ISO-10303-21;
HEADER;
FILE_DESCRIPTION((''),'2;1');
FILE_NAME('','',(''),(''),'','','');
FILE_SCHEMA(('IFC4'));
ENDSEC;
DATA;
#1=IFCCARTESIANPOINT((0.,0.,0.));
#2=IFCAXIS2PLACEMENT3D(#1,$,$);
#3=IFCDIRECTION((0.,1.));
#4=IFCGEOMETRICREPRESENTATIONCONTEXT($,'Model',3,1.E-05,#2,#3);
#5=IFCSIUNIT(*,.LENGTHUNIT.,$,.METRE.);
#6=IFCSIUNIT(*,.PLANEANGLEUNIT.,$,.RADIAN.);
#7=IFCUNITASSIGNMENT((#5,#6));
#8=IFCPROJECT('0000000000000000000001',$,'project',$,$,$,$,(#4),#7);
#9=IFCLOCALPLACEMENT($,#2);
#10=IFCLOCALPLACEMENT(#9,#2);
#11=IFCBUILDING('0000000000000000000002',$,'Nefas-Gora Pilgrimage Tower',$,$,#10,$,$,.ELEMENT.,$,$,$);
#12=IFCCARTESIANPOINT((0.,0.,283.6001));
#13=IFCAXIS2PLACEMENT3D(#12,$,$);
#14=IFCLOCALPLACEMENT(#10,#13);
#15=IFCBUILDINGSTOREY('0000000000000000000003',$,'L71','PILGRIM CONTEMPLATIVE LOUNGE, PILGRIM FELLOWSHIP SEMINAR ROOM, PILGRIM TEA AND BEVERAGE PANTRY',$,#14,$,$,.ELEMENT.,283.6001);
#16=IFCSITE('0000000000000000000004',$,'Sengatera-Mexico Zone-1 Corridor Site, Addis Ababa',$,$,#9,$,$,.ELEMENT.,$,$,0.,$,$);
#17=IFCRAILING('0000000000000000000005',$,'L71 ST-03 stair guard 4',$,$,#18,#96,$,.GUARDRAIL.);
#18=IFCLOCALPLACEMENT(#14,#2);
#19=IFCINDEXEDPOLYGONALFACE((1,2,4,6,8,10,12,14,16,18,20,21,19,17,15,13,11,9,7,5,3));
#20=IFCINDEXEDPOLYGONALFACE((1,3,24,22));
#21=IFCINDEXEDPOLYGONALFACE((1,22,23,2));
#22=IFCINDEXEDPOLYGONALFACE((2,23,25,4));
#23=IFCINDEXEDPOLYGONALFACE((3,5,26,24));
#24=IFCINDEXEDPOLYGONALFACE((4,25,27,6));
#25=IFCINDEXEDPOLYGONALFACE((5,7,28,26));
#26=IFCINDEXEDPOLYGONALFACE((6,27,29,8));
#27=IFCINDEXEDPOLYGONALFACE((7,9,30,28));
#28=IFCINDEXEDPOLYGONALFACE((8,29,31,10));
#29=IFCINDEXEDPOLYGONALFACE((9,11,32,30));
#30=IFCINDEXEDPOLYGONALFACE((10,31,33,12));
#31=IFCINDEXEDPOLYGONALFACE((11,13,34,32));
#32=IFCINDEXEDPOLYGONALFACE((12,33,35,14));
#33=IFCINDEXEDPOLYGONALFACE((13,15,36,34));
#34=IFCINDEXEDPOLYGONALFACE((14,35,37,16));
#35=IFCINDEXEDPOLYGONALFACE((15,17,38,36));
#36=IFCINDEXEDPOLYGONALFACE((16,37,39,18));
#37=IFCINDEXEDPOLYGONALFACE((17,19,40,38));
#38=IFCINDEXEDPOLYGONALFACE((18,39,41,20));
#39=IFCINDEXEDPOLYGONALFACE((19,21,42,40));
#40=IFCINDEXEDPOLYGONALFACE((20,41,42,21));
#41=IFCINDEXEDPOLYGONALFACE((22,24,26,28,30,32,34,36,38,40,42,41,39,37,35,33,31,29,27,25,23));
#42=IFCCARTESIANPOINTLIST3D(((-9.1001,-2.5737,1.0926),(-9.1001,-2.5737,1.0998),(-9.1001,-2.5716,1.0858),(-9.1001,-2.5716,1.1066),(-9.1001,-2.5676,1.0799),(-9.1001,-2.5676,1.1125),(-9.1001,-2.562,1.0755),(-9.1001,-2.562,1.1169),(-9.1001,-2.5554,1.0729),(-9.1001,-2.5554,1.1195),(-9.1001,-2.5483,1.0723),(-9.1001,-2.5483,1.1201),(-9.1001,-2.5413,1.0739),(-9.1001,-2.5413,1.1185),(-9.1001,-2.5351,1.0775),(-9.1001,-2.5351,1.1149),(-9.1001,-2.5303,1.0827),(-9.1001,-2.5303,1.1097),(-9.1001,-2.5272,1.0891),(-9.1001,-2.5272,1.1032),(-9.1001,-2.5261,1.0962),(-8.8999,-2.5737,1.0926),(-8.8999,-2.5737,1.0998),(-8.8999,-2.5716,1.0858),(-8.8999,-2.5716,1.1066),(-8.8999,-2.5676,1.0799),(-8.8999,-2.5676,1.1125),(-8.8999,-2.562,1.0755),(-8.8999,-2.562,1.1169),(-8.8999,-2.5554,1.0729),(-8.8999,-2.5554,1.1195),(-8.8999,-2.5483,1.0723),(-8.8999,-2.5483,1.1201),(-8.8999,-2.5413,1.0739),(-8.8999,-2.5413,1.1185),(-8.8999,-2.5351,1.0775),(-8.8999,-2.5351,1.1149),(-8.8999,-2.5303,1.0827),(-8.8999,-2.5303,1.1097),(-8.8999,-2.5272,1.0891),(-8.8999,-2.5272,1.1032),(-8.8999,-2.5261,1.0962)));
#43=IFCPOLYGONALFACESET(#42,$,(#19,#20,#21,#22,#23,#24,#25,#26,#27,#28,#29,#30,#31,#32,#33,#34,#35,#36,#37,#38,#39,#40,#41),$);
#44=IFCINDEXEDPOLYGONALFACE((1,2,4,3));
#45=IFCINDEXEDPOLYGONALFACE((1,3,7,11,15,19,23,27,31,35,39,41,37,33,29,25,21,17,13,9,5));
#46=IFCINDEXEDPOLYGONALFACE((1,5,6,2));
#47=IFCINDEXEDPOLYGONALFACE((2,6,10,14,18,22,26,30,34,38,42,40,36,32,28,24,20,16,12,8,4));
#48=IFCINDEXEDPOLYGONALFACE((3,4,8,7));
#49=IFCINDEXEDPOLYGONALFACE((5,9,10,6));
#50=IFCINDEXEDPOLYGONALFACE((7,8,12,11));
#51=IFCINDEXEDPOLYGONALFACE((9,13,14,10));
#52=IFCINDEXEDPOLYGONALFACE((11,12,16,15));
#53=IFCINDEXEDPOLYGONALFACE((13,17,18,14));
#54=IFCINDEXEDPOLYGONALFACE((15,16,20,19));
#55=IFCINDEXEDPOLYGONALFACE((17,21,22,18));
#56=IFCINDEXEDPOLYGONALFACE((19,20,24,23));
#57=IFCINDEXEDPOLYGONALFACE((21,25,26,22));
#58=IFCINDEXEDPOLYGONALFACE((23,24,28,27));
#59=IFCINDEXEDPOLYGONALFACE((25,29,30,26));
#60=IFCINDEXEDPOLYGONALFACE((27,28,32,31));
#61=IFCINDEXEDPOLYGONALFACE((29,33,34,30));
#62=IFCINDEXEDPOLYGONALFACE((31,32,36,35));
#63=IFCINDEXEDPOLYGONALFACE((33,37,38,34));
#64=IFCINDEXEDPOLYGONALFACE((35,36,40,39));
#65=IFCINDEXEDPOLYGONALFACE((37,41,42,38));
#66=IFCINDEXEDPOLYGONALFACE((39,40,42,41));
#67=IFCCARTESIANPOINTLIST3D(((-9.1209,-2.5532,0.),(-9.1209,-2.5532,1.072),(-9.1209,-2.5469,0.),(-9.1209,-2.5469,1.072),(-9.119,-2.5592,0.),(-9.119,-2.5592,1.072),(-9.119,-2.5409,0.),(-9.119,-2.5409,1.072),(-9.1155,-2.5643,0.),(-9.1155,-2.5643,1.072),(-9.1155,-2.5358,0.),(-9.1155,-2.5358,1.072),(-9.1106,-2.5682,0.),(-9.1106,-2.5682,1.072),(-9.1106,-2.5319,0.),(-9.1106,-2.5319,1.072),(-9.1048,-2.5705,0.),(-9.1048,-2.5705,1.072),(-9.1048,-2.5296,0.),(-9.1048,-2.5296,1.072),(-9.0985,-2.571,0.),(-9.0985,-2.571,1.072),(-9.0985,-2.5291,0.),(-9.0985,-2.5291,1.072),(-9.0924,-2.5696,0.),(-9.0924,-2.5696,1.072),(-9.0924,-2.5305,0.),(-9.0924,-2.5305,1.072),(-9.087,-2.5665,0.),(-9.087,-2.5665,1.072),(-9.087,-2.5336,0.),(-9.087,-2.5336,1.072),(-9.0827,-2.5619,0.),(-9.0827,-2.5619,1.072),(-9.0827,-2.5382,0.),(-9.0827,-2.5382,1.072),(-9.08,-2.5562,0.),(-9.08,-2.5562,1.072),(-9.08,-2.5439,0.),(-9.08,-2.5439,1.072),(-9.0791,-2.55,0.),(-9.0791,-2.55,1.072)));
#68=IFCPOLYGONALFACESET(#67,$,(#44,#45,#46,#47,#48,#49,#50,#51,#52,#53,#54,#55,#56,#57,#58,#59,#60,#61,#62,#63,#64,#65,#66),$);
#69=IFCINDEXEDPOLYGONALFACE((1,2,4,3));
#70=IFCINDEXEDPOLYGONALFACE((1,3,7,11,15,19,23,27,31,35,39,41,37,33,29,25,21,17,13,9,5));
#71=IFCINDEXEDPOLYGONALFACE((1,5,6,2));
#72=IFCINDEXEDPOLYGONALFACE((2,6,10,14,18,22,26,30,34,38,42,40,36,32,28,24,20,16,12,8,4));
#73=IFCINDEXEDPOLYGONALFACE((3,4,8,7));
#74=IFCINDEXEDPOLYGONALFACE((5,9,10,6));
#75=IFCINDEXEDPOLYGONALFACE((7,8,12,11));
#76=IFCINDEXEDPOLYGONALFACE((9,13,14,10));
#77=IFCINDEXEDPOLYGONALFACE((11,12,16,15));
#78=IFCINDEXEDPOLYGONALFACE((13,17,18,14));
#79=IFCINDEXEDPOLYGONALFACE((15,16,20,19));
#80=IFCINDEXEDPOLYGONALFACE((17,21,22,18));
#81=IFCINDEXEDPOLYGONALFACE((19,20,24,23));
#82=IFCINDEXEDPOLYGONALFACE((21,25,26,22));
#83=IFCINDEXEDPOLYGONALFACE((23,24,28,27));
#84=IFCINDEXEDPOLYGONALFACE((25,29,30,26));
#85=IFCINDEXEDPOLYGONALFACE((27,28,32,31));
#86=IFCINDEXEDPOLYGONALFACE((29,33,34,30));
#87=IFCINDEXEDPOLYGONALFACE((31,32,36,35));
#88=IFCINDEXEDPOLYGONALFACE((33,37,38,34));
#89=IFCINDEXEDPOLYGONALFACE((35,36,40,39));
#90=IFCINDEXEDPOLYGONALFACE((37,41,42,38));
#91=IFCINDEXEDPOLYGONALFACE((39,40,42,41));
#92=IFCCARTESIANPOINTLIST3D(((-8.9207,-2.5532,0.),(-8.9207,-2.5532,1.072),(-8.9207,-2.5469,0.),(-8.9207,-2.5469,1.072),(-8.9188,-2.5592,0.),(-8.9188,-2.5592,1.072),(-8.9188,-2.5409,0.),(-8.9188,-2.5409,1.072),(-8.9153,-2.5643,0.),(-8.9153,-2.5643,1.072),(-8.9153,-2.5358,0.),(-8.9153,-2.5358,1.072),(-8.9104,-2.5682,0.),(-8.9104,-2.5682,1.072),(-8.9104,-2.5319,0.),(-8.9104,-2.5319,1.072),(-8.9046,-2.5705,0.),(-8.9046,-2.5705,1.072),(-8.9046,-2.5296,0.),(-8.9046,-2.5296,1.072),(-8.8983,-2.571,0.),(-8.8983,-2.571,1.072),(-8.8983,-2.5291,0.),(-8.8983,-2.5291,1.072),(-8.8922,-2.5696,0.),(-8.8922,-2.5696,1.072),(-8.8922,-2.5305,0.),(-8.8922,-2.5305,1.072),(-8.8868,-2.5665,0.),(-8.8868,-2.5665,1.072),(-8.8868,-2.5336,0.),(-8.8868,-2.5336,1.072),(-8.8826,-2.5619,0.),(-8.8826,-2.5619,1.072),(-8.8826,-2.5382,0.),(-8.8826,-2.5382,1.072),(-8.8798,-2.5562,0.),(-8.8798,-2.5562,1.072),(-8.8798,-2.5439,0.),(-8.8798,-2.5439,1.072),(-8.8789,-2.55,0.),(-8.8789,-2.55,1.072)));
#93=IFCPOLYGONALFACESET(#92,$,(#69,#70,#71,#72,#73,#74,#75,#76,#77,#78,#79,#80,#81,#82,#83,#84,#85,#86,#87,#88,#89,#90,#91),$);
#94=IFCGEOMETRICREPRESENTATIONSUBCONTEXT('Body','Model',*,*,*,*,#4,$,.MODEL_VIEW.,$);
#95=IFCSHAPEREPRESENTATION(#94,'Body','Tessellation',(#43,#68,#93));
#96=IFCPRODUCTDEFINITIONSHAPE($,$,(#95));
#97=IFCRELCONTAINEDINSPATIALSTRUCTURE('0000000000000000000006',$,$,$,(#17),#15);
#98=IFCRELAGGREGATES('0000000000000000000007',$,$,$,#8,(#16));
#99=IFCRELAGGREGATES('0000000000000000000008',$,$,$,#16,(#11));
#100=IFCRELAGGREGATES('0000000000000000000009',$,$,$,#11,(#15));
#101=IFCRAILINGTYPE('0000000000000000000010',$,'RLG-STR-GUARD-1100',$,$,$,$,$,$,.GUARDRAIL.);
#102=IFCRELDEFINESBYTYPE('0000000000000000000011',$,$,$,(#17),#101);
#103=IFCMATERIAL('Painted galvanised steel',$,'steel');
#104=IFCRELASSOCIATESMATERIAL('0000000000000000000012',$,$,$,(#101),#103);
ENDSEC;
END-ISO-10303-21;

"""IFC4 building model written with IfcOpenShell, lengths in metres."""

from ifc_helpers import new_model, si_unit, direction, frame, origin, origin_2d, place, context, subcontext, project, spatial, circle, extrude, material, type_object, element, save


model = new_model("IFC4")

# Units and contexts
model_context = context("Model", 3, precision=1e-05, world=origin(), true_north=direction((0.0, 1.0)))
body_context = subcontext(model_context, "Body", "Model", "MODEL_VIEW")
ifc_project = project(units=[si_unit("LENGTHUNIT", "METRE"), si_unit("PLANEANGLEUNIT", "RADIAN")], contexts=[model_context])

# Site, building, storey
site_placement = place(None, origin())
site = spatial("IfcSite", under=ifc_project, at=site_placement, Name="Sengatera-Mexico Zone-1 Corridor Site, Addis Ababa", CompositionType="ELEMENT", RefElevation=0.0)
building_placement = place(site_placement, origin())
building = spatial("IfcBuilding", under=site, at=building_placement, Name="Nefas-Gora Pilgrimage Tower", CompositionType="ELEMENT")
storey_placement = place(building_placement, frame((0.0, 0.0, 283.6001)))
storey = spatial("IfcBuildingStorey", under=building, at=storey_placement, Name="L71", Description="PILGRIM CONTEMPLATIVE LOUNGE, PILGRIM FELLOWSHIP SEMINAR ROOM, PILGRIM TEA AND BEVERAGE PANTRY", CompositionType="ELEMENT", Elevation=283.6001)

# Railing
ifc_material_1 = material(Name="Painted galvanised steel", Category="steel")
railing_type_1 = type_object("IfcRailingType", Name="RLG-STR-GUARD-1100", PredefinedType="GUARDRAIL", material=ifc_material_1)
railing_1_placement = place(storey_placement, frame((-9.1001, -2.55, 0.0)))
element("IfcRailing", 1, at=railing_1_placement, inside=storey, type_object=railing_type_1, Name="L71 ST-03 stair guard 4", PredefinedType="GUARDRAIL", context=body_context, shape_type="SweptSolid", body=[
    extrude(circle(Radius=0.0239, at=origin_2d()), frame((0.0, 0.0, 1.0962), z_axis=(1.0, 0.0, 0.0), x_axis=(0.0, 1.0, 0.0)), (0.0, 0.0, 1.0), 0.2002),
    extrude(circle(Radius=0.021, at=origin_2d()), origin(), (0.0, 0.0, 1.0), 1.072),
    extrude(circle(Radius=0.021, at=origin_2d()), frame((0.2002, 0.0, 0.0)), (0.0, 0.0, 1.0), 1.072),
])

save(model, "model.ifc")
